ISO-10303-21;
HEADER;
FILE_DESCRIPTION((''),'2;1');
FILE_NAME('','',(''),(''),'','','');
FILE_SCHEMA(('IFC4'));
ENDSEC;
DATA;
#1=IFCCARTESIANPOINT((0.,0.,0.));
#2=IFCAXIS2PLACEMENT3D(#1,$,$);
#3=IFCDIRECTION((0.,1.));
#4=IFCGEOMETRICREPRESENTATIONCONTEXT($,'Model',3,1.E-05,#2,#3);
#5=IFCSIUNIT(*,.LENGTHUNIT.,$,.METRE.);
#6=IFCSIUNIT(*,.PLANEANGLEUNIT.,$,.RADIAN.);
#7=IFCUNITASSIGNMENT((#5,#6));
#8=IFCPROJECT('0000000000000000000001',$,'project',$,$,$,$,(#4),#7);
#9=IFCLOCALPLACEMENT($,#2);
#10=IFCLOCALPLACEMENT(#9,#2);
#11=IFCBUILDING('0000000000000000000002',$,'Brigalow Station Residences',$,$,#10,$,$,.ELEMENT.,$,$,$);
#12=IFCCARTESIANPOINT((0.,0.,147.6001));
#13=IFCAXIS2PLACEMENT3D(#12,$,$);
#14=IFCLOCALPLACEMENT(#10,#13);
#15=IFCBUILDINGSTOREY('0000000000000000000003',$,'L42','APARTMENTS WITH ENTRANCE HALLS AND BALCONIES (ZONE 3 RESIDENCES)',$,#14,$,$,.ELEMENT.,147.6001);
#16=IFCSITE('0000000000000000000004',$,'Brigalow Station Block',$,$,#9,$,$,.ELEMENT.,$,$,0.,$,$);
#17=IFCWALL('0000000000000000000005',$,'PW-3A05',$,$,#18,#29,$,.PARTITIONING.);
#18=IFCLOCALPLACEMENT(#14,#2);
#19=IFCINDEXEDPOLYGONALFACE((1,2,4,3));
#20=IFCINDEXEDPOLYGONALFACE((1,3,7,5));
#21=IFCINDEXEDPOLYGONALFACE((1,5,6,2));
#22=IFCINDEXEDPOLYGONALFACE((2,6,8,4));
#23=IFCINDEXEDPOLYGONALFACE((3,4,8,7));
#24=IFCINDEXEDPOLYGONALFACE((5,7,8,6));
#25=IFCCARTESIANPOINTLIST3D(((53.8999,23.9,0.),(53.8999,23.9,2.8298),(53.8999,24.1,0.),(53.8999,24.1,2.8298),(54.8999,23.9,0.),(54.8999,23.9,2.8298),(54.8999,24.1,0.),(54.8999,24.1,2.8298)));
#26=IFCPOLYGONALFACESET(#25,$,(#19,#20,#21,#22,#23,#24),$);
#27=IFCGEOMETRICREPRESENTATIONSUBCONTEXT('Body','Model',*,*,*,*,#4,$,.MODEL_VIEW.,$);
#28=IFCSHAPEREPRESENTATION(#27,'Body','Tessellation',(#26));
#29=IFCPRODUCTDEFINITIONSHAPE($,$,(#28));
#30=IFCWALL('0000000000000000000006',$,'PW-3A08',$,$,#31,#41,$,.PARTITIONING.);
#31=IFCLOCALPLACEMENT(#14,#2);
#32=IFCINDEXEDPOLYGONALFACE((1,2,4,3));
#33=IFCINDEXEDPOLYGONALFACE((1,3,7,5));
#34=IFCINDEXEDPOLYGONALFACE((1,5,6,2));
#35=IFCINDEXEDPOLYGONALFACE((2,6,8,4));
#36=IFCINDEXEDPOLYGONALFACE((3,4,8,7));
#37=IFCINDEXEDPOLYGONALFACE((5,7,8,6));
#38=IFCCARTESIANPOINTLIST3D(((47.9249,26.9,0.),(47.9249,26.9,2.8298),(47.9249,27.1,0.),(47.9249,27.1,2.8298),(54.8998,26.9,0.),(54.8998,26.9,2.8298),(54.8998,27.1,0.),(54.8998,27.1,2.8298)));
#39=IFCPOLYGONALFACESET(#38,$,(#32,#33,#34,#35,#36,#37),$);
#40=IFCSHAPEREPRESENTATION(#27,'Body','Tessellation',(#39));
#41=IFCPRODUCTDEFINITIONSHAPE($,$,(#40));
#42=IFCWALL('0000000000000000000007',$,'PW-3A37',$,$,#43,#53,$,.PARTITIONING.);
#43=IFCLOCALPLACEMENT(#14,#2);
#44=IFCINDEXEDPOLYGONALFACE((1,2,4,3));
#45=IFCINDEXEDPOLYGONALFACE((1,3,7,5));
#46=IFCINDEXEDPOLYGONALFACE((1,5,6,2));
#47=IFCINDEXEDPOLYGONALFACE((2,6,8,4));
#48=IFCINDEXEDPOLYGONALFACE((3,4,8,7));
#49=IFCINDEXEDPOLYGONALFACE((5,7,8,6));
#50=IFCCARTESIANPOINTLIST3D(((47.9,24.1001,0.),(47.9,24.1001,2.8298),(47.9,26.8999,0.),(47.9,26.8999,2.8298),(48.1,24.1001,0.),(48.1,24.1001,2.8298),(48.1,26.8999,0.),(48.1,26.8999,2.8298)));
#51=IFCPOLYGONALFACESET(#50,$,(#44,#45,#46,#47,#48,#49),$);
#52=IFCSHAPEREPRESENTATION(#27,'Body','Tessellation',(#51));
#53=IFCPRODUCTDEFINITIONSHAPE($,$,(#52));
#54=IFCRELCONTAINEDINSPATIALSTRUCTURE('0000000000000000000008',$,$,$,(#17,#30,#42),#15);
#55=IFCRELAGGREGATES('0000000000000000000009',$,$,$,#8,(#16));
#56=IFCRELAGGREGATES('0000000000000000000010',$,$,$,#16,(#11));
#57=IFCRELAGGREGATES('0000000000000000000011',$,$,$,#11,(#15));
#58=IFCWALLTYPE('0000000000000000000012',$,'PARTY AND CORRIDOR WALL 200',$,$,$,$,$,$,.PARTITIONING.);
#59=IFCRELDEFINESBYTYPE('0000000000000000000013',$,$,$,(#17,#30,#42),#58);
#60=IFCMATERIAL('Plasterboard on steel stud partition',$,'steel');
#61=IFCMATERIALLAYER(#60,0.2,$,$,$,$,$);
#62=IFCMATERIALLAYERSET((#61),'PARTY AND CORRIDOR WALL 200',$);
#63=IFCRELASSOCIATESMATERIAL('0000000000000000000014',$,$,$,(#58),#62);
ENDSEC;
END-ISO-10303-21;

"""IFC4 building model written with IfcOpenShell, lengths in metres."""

from ifc_helpers import new_model, si_unit, direction, frame, frame_2d, origin, place, context, subcontext, project, spatial, rectangle, extrude, material, layer, layer_set, type_object, element, save


model = new_model("IFC4")

# Units and contexts
model_context = context("Model", 3, precision=1e-05, world=origin(), true_north=direction((0.0, 1.0)))
body_context = subcontext(model_context, "Body", "Model", "MODEL_VIEW")
ifc_project = project(units=[si_unit("LENGTHUNIT", "METRE"), si_unit("PLANEANGLEUNIT", "RADIAN")], contexts=[model_context])

# Site, building, storey
site_placement = place(None, origin())
site = spatial("IfcSite", under=ifc_project, at=site_placement, Name="Brigalow Station Block", CompositionType="ELEMENT", RefElevation=0.0)
building_placement = place(site_placement, origin())
building = spatial("IfcBuilding", under=site, at=building_placement, Name="Brigalow Station Residences", CompositionType="ELEMENT")
storey_placement = place(building_placement, frame((0.0, 0.0, 147.6001)))
storey = spatial("IfcBuildingStorey", under=building, at=storey_placement, Name="L42", Description="APARTMENTS WITH ENTRANCE HALLS AND BALCONIES (ZONE 3 RESIDENCES)", CompositionType="ELEMENT", Elevation=147.6001)

# Walls
ifc_material_1 = material(Name="Plasterboard on steel stud partition", Category="steel")
ifc_layer_1 = layer(ifc_material_1, 0.2)
ifc_layer_set_1 = layer_set([ifc_layer_1], Name="PARTY AND CORRIDOR WALL 200")
wall_type_1 = type_object("IfcWallType", Name="PARTY AND CORRIDOR WALL 200", PredefinedType="PARTITIONING", material=ifc_layer_set_1)
wall_1_placement = place(storey_placement, frame((53.8999, 24.0, 0.0), z_axis=(0.0, 0.0, 1.0), x_axis=(1.0, 0.0, 0.0)))
element("IfcWall", 1, at=wall_1_placement, inside=storey, type_object=wall_type_1, Name="PW-3A05", PredefinedType="PARTITIONING", context=body_context, shape_type="SweptSolid", body=[
    extrude(rectangle(XDim=1.0, YDim=0.2, at=frame_2d((0.5, 0.0))), origin(), (0.0, 0.0, 1.0), 2.8298),
])
wall_2_placement = place(storey_placement, frame((47.925, 27.0, 0.0), z_axis=(0.0, 0.0, 1.0), x_axis=(1.0, 0.0, 0.0)))
element("IfcWall", 2, at=wall_2_placement, inside=storey, type_object=wall_type_1, Name="PW-3A08", PredefinedType="PARTITIONING", context=body_context, shape_type="SweptSolid", body=[
    extrude(rectangle(XDim=6.9749, YDim=0.2, at=frame_2d((3.4873, 0.0))), origin(), (0.0, 0.0, 1.0), 2.8298),
])
wall_3_placement = place(storey_placement, frame((48.0, 24.1001, 0.0), z_axis=(0.0, 0.0, 1.0), x_axis=(0.0, 1.0, 0.0)))
element("IfcWall", 3, at=wall_3_placement, inside=storey, type_object=wall_type_1, Name="PW-3A37", PredefinedType="PARTITIONING", context=body_context, shape_type="SweptSolid", body=[
    extrude(rectangle(XDim=2.7998, YDim=0.2, at=frame_2d((1.3999, 0.0))), origin(), (0.0, 0.0, 1.0), 2.8298),
])

save(model, "model.ifc")
